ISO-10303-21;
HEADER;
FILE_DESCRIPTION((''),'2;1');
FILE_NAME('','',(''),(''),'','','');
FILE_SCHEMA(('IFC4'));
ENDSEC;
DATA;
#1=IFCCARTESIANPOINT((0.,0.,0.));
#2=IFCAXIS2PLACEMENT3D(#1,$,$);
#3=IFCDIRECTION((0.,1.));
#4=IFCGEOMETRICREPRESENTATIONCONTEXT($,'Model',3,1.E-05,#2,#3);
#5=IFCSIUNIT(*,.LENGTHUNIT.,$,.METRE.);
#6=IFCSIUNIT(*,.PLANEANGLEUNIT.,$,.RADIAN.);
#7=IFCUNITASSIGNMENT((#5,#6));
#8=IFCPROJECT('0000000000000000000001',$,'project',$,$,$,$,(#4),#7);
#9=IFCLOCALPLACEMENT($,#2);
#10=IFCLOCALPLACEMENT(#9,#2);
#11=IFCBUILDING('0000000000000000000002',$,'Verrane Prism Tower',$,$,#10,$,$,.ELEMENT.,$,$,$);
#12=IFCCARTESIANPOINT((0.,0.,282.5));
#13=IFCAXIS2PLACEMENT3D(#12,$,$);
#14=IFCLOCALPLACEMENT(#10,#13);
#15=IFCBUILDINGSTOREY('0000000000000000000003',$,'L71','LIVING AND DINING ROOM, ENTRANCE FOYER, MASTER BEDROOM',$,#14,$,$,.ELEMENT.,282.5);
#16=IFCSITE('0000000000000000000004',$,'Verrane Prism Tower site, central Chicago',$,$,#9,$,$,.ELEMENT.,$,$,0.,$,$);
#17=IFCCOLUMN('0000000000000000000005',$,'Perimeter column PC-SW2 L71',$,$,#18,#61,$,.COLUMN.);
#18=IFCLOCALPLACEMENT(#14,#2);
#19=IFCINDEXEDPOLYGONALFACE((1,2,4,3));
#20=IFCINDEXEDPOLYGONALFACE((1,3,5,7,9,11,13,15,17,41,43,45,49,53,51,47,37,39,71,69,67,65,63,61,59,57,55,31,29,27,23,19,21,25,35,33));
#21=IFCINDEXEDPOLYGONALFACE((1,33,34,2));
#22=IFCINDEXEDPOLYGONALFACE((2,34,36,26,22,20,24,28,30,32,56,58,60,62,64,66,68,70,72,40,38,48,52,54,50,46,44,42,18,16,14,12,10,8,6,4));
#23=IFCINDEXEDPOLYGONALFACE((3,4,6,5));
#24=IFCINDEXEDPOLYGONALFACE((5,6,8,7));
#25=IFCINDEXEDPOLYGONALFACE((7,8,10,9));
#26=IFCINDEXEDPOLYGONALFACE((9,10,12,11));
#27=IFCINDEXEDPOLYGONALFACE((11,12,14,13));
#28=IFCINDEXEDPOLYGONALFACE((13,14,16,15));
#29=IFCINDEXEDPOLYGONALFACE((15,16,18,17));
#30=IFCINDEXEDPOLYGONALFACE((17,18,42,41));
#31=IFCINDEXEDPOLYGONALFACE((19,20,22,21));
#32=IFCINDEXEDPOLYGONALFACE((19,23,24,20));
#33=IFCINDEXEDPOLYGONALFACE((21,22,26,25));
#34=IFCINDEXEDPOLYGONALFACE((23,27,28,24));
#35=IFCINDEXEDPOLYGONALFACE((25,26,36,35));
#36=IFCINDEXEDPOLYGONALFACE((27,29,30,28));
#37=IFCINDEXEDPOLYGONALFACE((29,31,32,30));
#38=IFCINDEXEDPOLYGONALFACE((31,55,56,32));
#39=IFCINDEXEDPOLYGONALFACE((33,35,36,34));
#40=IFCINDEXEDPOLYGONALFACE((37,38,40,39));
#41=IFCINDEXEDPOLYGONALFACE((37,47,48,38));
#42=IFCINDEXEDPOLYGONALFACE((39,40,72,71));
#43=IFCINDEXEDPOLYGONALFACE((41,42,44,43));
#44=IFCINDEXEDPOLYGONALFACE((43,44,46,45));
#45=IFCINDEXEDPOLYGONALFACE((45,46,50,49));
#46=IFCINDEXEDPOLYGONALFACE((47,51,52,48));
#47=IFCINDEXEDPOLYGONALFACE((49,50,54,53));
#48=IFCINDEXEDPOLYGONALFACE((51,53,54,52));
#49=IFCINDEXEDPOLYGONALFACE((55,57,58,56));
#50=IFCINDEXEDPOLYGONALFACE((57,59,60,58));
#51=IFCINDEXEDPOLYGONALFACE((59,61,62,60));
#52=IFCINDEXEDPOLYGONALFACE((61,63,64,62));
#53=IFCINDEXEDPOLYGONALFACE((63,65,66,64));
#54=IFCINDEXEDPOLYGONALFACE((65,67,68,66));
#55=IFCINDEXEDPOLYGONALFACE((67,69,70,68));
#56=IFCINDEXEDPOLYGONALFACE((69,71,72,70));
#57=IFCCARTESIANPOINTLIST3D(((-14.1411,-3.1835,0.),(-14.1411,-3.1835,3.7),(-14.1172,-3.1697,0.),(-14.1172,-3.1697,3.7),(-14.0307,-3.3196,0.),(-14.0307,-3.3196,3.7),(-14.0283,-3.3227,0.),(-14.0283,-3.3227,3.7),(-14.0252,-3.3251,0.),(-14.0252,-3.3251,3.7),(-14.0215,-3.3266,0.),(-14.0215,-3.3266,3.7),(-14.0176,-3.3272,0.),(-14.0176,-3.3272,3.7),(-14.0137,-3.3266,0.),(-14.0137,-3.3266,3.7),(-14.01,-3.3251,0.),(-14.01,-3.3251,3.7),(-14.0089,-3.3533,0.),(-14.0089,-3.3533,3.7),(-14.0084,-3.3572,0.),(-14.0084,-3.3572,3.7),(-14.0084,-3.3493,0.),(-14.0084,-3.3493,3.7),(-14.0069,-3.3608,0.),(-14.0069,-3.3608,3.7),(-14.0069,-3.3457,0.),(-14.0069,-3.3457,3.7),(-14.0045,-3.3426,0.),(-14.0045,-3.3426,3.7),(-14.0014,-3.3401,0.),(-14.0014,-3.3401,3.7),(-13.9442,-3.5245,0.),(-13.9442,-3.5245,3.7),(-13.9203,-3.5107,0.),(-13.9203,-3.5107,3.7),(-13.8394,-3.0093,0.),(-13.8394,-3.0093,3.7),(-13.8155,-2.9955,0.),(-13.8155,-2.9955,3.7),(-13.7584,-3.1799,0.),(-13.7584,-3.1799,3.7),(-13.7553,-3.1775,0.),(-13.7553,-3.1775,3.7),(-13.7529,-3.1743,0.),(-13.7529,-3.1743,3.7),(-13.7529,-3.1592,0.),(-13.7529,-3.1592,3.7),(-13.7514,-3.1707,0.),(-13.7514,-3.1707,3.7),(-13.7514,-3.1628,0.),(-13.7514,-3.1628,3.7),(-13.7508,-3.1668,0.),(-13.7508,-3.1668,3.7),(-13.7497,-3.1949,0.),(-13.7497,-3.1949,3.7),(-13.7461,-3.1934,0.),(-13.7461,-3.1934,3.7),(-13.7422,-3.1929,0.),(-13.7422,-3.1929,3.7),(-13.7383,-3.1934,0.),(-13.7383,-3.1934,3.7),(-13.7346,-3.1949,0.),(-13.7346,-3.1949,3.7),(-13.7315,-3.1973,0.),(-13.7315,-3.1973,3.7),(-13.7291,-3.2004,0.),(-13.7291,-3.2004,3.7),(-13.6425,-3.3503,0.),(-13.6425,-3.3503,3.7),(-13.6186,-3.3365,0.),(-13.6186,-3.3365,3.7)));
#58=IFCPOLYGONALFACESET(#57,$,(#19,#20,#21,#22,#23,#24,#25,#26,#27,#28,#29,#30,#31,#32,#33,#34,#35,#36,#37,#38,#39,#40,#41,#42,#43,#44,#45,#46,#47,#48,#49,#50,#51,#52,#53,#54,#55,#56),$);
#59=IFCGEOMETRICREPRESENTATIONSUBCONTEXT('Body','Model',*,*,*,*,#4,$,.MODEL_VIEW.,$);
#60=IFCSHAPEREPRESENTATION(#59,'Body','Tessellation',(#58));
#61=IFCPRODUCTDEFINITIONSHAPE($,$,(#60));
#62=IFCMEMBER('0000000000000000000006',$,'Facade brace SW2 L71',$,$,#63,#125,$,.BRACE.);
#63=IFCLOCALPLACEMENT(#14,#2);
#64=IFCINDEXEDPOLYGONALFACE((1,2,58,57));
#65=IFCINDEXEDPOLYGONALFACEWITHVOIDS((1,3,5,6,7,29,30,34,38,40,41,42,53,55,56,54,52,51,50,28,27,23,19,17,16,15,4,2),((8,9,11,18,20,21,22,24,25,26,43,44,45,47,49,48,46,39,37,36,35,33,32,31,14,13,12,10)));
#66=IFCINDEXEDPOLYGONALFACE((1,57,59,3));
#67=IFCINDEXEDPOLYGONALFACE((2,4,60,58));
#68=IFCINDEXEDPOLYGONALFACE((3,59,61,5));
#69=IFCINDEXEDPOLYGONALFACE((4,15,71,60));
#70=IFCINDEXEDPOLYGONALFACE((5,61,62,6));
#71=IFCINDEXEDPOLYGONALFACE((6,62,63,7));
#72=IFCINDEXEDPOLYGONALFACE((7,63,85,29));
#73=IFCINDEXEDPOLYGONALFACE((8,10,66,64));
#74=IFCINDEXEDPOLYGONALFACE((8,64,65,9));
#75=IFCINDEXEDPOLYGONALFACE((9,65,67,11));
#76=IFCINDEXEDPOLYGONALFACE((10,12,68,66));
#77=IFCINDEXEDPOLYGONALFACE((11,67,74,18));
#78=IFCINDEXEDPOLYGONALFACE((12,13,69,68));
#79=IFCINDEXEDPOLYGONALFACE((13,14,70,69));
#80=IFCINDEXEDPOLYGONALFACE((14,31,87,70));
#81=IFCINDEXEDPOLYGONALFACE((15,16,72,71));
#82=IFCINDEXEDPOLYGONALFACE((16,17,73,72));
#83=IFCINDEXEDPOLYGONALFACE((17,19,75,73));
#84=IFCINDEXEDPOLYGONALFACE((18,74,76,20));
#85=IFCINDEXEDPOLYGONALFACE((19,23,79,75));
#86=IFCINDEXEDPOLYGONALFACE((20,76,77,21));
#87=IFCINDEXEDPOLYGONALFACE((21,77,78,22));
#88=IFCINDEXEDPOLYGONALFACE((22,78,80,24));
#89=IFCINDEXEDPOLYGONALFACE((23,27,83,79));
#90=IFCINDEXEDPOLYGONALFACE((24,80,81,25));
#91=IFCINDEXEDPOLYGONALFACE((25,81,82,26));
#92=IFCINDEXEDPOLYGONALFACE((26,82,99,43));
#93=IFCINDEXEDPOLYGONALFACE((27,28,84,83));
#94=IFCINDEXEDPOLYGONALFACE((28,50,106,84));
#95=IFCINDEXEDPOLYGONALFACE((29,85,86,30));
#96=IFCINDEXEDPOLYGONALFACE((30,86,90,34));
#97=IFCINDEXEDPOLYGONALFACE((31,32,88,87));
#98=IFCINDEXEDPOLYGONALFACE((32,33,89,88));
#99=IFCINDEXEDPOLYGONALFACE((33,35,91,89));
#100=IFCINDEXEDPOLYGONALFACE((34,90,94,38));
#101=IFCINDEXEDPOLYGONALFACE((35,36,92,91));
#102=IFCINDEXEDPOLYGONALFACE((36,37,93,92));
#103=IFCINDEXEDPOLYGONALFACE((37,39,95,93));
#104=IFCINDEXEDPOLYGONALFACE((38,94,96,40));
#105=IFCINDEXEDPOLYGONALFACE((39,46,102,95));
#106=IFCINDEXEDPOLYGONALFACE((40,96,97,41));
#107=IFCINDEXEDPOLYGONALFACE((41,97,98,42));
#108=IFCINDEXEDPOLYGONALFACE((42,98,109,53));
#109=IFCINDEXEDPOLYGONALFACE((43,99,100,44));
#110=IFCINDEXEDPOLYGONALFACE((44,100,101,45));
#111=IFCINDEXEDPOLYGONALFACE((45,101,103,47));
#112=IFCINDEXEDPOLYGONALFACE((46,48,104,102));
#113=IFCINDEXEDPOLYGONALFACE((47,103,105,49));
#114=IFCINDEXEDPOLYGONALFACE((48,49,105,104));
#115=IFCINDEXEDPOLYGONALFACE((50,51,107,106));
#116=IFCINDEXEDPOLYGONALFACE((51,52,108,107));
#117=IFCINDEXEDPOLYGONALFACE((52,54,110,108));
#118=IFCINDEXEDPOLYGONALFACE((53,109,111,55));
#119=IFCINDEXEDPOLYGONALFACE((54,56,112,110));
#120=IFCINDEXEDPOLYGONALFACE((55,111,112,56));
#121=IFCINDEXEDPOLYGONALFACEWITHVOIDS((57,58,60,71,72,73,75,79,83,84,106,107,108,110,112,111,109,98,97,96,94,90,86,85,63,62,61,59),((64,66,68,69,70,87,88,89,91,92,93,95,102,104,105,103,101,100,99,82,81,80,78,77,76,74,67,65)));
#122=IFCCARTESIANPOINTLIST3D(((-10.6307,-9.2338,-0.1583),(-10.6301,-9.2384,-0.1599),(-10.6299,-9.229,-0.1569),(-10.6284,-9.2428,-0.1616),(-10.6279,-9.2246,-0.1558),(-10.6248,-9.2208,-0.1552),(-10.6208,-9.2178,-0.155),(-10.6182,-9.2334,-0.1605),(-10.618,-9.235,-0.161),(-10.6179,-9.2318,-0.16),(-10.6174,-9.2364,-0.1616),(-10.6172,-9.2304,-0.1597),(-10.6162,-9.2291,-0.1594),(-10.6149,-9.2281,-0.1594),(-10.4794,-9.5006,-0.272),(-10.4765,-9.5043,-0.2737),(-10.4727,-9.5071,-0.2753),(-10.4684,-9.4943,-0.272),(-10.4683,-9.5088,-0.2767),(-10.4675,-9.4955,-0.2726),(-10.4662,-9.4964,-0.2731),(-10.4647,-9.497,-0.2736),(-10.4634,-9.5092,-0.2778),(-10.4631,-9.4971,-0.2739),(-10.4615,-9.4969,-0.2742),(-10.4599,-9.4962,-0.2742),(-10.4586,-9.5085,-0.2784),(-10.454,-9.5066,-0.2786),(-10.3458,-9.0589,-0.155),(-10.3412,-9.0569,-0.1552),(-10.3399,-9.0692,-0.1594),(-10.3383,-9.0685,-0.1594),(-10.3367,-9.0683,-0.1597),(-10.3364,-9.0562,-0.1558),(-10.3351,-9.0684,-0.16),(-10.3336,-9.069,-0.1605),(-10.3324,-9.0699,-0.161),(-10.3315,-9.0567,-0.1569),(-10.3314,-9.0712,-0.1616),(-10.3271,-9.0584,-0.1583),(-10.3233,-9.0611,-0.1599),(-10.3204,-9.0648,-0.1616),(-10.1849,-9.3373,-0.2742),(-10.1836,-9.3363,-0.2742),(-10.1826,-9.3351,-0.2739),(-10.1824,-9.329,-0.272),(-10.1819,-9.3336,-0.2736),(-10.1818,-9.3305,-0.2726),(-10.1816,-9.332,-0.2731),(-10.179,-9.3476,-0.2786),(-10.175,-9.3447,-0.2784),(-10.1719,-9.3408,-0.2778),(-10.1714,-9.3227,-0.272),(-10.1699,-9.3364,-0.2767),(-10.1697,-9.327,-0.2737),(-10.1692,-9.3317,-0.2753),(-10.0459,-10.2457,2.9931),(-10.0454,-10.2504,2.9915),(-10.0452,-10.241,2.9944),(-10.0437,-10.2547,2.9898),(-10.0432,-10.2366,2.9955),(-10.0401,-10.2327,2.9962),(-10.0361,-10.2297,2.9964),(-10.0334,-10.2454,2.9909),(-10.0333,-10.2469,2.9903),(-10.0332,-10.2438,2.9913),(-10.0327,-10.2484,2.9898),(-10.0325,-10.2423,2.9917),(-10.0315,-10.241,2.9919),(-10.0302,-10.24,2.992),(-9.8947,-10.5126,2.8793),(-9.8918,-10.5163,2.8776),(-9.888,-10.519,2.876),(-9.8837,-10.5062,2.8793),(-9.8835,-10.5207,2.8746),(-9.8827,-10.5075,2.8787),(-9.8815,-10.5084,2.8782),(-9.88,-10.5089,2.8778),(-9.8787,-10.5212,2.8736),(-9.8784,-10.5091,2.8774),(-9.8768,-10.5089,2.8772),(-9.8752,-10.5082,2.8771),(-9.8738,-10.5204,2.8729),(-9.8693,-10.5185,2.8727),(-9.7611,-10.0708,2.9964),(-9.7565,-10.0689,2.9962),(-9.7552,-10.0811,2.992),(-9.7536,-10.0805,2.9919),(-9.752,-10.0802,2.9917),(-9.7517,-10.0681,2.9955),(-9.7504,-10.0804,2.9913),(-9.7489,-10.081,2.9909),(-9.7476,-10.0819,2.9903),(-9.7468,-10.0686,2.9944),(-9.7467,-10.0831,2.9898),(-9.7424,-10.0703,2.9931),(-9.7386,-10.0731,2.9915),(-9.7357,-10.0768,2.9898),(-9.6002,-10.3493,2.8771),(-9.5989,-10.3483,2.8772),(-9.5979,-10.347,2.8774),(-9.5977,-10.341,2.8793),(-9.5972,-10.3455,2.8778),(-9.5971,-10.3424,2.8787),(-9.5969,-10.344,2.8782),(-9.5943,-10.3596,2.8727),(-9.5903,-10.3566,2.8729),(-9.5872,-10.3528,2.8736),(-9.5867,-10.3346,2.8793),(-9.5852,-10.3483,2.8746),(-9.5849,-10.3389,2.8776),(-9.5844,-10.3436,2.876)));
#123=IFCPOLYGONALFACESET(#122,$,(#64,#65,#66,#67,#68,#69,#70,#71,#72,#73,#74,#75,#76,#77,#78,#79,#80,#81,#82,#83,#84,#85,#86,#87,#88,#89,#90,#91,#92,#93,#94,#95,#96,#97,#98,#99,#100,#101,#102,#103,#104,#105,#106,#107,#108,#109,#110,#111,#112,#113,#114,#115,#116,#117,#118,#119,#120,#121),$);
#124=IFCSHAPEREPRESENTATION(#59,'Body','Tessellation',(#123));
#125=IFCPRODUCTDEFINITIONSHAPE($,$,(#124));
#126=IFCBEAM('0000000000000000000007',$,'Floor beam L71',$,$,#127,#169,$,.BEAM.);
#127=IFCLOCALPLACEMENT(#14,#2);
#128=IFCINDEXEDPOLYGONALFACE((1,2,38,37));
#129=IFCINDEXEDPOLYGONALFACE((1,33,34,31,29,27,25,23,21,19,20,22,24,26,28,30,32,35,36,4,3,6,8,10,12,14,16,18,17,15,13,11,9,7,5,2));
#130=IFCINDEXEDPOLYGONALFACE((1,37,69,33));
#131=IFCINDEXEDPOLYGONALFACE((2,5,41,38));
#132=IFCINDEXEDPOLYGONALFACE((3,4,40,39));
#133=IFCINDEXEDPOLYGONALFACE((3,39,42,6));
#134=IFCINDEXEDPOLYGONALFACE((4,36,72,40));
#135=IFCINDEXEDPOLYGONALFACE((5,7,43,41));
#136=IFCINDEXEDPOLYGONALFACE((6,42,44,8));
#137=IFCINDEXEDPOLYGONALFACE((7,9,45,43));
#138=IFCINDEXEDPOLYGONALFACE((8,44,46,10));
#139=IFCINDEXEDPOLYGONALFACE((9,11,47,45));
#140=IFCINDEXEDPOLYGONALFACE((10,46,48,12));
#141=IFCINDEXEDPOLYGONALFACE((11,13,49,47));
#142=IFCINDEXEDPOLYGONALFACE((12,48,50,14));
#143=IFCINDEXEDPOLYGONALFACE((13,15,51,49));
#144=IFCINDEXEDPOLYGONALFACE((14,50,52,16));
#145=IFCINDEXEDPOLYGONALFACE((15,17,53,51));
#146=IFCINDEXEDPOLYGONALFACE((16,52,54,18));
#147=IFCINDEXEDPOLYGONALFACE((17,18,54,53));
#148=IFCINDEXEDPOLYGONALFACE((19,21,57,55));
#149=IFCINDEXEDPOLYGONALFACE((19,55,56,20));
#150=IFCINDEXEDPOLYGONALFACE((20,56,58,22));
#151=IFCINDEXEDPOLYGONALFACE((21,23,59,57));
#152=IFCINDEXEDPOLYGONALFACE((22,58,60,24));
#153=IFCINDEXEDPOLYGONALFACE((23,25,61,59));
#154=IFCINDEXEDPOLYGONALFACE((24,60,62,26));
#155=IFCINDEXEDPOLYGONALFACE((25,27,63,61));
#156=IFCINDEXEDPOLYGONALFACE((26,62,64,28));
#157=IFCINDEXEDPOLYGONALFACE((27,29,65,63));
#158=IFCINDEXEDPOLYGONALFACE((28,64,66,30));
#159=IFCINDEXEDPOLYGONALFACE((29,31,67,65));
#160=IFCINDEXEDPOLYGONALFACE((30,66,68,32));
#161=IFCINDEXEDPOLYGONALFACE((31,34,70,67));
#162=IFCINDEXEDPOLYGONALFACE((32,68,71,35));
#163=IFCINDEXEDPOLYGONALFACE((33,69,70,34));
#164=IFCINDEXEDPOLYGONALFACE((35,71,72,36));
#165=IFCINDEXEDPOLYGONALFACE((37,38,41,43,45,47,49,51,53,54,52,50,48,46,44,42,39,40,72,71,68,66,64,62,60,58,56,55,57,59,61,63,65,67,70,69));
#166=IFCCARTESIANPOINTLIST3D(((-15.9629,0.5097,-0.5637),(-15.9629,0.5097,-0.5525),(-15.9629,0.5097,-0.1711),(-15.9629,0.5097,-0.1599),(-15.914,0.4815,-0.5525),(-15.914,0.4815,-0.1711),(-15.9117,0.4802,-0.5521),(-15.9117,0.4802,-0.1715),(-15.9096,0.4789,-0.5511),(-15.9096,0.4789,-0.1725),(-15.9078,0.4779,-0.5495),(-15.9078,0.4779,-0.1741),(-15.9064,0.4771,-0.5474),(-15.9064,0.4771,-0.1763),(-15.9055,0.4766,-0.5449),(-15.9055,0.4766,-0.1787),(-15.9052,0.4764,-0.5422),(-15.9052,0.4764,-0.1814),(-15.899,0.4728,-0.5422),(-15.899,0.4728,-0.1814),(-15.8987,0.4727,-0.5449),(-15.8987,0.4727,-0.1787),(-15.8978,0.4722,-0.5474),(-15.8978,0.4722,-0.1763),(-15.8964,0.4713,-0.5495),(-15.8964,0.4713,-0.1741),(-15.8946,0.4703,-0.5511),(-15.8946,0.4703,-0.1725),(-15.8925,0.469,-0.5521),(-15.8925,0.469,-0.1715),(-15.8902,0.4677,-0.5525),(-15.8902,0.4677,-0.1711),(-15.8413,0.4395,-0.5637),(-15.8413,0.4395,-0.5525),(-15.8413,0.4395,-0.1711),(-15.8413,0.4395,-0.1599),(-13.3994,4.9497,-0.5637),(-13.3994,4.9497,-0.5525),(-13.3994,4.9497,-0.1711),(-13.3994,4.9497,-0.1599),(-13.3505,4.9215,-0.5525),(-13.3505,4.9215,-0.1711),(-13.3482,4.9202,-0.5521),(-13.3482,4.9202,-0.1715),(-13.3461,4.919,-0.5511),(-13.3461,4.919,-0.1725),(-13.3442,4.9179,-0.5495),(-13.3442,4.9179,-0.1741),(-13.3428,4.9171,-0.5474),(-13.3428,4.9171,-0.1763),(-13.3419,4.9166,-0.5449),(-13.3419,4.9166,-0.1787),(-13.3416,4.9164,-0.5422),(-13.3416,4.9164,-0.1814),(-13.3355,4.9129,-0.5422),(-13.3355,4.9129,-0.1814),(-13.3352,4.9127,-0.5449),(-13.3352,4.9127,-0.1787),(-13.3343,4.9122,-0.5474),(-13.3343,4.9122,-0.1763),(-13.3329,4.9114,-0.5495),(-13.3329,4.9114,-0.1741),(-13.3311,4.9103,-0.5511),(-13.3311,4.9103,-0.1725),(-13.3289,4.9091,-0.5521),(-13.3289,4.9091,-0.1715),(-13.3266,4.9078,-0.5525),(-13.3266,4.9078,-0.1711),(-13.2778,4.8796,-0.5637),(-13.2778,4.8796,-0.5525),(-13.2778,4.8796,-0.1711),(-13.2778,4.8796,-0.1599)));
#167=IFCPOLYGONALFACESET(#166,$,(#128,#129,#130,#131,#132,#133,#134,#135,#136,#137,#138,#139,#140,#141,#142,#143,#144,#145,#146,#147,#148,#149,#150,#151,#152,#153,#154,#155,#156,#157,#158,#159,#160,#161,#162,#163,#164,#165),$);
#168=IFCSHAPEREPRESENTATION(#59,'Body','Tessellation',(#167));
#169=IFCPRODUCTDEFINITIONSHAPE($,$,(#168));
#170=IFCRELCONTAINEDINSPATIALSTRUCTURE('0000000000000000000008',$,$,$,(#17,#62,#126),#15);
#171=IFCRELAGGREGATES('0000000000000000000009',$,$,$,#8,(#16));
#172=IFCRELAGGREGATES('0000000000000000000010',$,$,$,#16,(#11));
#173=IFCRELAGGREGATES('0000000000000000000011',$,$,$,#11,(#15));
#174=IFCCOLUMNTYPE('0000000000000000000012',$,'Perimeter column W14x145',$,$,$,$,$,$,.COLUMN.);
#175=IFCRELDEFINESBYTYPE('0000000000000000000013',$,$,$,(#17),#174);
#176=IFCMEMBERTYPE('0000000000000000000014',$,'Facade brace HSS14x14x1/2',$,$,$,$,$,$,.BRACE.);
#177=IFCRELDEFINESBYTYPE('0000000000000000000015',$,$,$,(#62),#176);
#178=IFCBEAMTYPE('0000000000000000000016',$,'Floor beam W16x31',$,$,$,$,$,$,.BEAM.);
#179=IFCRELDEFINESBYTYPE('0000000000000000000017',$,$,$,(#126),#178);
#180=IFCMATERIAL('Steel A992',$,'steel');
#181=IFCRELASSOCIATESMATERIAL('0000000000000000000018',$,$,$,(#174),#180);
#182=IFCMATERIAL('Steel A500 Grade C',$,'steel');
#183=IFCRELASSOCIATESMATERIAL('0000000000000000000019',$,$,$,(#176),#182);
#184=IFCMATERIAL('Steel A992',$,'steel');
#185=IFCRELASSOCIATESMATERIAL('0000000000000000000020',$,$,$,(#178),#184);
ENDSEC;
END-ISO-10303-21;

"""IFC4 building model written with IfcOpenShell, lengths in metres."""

from ifc_helpers import new_model, si_unit, direction, frame, origin, origin_2d, place, context, subcontext, project, spatial, hollow_rectangle, i_section, extrude, material, material_profile, profile_set, type_object, element, save


model = new_model("IFC4")

# Units and contexts
model_context = context("Model", 3, precision=1e-05, world=origin(), true_north=direction((0.0, 1.0)))
body_context = subcontext(model_context, "Body", "Model", "MODEL_VIEW")
ifc_project = project(units=[si_unit("LENGTHUNIT", "METRE"), si_unit("PLANEANGLEUNIT", "RADIAN")], contexts=[model_context])

# Site, building, storey
site_placement = place(None, origin())
site = spatial("IfcSite", under=ifc_project, at=site_placement, Name="Verrane Prism Tower site, central Chicago", CompositionType="ELEMENT", RefElevation=0.0)
building_placement = place(site_placement, origin())
building = spatial("IfcBuilding", under=site, at=building_placement, Name="Verrane Prism Tower", CompositionType="ELEMENT")
storey_placement = place(building_placement, frame((0.0, 0.0, 282.5)))
storey = spatial("IfcBuildingStorey", under=building, at=storey_placement, Name="L71", Description="LIVING AND DINING ROOM, ENTRANCE FOYER, MASTER BEDROOM", CompositionType="ELEMENT", Elevation=282.5)

# Column
ifc_material_1 = material(Name="Steel A992", Category="steel")
ifc_material_profile_1 = material_profile(ifc_material_1, i_section(OverallWidth=0.3938, OverallDepth=0.376, WebThickness=0.0173, FlangeThickness=0.0276, FilletRadius=0.0151, at=origin_2d()), Name="W14x145")
ifc_profile_set_1 = profile_set([ifc_material_profile_1], Name="Steel A992")
column_type = type_object("IfcColumnType", Name="Perimeter column W14x145", PredefinedType="COLUMN", material=ifc_profile_set_1)
column_placement = place(storey_placement, frame((-13.8799, -3.26, 0.0), z_axis=(0.0, 0.0, 1.0), x_axis=(-0.5, 0.866025, 0.0)))
element("IfcColumn", 1, at=column_placement, inside=storey, type_object=column_type, Name="Perimeter column PC-SW2 L71", PredefinedType="COLUMN", context=body_context, shape_type="SweptSolid", body=[
    extrude(i_section(OverallWidth=0.3938, OverallDepth=0.376, WebThickness=0.0173, FlangeThickness=0.0276, FilletRadius=0.0151, at=origin_2d()), origin(), (0.0, 0.0, 1.0), 3.7),
])

# Member
ifc_material_2 = material(Name="Steel A500 Grade C", Category="steel")
ifc_material_profile_2 = material_profile(ifc_material_2, hollow_rectangle(XDim=0.3557, YDim=0.3557, WallThickness=0.0127, InnerFilletRadius=0.0063, OuterFilletRadius=0.019, at=origin_2d()), Name="HSS14x14x1/2")
ifc_profile_set_2 = profile_set([ifc_material_profile_2], Name="Steel A500 Grade C")
member_type_1 = type_object("IfcMemberType", Name="Facade brace HSS14x14x1/2", PredefinedType="BRACE", material=ifc_profile_set_2)
member_1_placement = place(storey_placement, frame((-10.3999, -9.2827, -0.2168), z_axis=(0.173965, -0.30108, 0.937596), x_axis=(0.865855, 0.500295, 0.0)))
element("IfcMember", 2, at=member_1_placement, inside=storey, type_object=member_type_1, Name="Facade brace SW2 L71", PredefinedType="BRACE", context=body_context, shape_type="SweptSolid", body=[
    extrude(hollow_rectangle(XDim=0.3557, YDim=0.3557, WallThickness=0.0127, InnerFilletRadius=0.0063, OuterFilletRadius=0.019, at=origin_2d()), origin(), (0.0, 0.0, 1.0), 3.3611),
])

# Beam
ifc_material_3 = material(Name="Steel A992", Category="steel")
ifc_material_profile_3 = material_profile(ifc_material_3, i_section(OverallWidth=0.1404, OverallDepth=0.4038, WebThickness=0.0071, FlangeThickness=0.0112, FilletRadius=0.0103, at=origin_2d()), Name="W16x31")
ifc_profile_set_3 = profile_set([ifc_material_profile_3], Name="Steel A992")
beam_type_1 = type_object("IfcBeamType", Name="Floor beam W16x31", PredefinedType="BEAM", material=ifc_profile_set_3)
beam_1_placement = place(storey_placement, frame((-15.9021, 0.4746, -0.3618), z_axis=(0.500011, 0.866019, 0.0), x_axis=(-0.866019, 0.500011, 0.0)))
element("IfcBeam", 3, at=beam_1_placement, inside=storey, type_object=beam_type_1, Name="Floor beam L71", PredefinedType="BEAM", context=body_context, shape_type="SweptSolid", body=[
    extrude(i_section(OverallWidth=0.1404, OverallDepth=0.4038, WebThickness=0.0071, FlangeThickness=0.0112, FilletRadius=0.0103, at=origin_2d()), origin(), (0.0, 0.0, 1.0), 5.127),
])

save(model, "model.ifc")
